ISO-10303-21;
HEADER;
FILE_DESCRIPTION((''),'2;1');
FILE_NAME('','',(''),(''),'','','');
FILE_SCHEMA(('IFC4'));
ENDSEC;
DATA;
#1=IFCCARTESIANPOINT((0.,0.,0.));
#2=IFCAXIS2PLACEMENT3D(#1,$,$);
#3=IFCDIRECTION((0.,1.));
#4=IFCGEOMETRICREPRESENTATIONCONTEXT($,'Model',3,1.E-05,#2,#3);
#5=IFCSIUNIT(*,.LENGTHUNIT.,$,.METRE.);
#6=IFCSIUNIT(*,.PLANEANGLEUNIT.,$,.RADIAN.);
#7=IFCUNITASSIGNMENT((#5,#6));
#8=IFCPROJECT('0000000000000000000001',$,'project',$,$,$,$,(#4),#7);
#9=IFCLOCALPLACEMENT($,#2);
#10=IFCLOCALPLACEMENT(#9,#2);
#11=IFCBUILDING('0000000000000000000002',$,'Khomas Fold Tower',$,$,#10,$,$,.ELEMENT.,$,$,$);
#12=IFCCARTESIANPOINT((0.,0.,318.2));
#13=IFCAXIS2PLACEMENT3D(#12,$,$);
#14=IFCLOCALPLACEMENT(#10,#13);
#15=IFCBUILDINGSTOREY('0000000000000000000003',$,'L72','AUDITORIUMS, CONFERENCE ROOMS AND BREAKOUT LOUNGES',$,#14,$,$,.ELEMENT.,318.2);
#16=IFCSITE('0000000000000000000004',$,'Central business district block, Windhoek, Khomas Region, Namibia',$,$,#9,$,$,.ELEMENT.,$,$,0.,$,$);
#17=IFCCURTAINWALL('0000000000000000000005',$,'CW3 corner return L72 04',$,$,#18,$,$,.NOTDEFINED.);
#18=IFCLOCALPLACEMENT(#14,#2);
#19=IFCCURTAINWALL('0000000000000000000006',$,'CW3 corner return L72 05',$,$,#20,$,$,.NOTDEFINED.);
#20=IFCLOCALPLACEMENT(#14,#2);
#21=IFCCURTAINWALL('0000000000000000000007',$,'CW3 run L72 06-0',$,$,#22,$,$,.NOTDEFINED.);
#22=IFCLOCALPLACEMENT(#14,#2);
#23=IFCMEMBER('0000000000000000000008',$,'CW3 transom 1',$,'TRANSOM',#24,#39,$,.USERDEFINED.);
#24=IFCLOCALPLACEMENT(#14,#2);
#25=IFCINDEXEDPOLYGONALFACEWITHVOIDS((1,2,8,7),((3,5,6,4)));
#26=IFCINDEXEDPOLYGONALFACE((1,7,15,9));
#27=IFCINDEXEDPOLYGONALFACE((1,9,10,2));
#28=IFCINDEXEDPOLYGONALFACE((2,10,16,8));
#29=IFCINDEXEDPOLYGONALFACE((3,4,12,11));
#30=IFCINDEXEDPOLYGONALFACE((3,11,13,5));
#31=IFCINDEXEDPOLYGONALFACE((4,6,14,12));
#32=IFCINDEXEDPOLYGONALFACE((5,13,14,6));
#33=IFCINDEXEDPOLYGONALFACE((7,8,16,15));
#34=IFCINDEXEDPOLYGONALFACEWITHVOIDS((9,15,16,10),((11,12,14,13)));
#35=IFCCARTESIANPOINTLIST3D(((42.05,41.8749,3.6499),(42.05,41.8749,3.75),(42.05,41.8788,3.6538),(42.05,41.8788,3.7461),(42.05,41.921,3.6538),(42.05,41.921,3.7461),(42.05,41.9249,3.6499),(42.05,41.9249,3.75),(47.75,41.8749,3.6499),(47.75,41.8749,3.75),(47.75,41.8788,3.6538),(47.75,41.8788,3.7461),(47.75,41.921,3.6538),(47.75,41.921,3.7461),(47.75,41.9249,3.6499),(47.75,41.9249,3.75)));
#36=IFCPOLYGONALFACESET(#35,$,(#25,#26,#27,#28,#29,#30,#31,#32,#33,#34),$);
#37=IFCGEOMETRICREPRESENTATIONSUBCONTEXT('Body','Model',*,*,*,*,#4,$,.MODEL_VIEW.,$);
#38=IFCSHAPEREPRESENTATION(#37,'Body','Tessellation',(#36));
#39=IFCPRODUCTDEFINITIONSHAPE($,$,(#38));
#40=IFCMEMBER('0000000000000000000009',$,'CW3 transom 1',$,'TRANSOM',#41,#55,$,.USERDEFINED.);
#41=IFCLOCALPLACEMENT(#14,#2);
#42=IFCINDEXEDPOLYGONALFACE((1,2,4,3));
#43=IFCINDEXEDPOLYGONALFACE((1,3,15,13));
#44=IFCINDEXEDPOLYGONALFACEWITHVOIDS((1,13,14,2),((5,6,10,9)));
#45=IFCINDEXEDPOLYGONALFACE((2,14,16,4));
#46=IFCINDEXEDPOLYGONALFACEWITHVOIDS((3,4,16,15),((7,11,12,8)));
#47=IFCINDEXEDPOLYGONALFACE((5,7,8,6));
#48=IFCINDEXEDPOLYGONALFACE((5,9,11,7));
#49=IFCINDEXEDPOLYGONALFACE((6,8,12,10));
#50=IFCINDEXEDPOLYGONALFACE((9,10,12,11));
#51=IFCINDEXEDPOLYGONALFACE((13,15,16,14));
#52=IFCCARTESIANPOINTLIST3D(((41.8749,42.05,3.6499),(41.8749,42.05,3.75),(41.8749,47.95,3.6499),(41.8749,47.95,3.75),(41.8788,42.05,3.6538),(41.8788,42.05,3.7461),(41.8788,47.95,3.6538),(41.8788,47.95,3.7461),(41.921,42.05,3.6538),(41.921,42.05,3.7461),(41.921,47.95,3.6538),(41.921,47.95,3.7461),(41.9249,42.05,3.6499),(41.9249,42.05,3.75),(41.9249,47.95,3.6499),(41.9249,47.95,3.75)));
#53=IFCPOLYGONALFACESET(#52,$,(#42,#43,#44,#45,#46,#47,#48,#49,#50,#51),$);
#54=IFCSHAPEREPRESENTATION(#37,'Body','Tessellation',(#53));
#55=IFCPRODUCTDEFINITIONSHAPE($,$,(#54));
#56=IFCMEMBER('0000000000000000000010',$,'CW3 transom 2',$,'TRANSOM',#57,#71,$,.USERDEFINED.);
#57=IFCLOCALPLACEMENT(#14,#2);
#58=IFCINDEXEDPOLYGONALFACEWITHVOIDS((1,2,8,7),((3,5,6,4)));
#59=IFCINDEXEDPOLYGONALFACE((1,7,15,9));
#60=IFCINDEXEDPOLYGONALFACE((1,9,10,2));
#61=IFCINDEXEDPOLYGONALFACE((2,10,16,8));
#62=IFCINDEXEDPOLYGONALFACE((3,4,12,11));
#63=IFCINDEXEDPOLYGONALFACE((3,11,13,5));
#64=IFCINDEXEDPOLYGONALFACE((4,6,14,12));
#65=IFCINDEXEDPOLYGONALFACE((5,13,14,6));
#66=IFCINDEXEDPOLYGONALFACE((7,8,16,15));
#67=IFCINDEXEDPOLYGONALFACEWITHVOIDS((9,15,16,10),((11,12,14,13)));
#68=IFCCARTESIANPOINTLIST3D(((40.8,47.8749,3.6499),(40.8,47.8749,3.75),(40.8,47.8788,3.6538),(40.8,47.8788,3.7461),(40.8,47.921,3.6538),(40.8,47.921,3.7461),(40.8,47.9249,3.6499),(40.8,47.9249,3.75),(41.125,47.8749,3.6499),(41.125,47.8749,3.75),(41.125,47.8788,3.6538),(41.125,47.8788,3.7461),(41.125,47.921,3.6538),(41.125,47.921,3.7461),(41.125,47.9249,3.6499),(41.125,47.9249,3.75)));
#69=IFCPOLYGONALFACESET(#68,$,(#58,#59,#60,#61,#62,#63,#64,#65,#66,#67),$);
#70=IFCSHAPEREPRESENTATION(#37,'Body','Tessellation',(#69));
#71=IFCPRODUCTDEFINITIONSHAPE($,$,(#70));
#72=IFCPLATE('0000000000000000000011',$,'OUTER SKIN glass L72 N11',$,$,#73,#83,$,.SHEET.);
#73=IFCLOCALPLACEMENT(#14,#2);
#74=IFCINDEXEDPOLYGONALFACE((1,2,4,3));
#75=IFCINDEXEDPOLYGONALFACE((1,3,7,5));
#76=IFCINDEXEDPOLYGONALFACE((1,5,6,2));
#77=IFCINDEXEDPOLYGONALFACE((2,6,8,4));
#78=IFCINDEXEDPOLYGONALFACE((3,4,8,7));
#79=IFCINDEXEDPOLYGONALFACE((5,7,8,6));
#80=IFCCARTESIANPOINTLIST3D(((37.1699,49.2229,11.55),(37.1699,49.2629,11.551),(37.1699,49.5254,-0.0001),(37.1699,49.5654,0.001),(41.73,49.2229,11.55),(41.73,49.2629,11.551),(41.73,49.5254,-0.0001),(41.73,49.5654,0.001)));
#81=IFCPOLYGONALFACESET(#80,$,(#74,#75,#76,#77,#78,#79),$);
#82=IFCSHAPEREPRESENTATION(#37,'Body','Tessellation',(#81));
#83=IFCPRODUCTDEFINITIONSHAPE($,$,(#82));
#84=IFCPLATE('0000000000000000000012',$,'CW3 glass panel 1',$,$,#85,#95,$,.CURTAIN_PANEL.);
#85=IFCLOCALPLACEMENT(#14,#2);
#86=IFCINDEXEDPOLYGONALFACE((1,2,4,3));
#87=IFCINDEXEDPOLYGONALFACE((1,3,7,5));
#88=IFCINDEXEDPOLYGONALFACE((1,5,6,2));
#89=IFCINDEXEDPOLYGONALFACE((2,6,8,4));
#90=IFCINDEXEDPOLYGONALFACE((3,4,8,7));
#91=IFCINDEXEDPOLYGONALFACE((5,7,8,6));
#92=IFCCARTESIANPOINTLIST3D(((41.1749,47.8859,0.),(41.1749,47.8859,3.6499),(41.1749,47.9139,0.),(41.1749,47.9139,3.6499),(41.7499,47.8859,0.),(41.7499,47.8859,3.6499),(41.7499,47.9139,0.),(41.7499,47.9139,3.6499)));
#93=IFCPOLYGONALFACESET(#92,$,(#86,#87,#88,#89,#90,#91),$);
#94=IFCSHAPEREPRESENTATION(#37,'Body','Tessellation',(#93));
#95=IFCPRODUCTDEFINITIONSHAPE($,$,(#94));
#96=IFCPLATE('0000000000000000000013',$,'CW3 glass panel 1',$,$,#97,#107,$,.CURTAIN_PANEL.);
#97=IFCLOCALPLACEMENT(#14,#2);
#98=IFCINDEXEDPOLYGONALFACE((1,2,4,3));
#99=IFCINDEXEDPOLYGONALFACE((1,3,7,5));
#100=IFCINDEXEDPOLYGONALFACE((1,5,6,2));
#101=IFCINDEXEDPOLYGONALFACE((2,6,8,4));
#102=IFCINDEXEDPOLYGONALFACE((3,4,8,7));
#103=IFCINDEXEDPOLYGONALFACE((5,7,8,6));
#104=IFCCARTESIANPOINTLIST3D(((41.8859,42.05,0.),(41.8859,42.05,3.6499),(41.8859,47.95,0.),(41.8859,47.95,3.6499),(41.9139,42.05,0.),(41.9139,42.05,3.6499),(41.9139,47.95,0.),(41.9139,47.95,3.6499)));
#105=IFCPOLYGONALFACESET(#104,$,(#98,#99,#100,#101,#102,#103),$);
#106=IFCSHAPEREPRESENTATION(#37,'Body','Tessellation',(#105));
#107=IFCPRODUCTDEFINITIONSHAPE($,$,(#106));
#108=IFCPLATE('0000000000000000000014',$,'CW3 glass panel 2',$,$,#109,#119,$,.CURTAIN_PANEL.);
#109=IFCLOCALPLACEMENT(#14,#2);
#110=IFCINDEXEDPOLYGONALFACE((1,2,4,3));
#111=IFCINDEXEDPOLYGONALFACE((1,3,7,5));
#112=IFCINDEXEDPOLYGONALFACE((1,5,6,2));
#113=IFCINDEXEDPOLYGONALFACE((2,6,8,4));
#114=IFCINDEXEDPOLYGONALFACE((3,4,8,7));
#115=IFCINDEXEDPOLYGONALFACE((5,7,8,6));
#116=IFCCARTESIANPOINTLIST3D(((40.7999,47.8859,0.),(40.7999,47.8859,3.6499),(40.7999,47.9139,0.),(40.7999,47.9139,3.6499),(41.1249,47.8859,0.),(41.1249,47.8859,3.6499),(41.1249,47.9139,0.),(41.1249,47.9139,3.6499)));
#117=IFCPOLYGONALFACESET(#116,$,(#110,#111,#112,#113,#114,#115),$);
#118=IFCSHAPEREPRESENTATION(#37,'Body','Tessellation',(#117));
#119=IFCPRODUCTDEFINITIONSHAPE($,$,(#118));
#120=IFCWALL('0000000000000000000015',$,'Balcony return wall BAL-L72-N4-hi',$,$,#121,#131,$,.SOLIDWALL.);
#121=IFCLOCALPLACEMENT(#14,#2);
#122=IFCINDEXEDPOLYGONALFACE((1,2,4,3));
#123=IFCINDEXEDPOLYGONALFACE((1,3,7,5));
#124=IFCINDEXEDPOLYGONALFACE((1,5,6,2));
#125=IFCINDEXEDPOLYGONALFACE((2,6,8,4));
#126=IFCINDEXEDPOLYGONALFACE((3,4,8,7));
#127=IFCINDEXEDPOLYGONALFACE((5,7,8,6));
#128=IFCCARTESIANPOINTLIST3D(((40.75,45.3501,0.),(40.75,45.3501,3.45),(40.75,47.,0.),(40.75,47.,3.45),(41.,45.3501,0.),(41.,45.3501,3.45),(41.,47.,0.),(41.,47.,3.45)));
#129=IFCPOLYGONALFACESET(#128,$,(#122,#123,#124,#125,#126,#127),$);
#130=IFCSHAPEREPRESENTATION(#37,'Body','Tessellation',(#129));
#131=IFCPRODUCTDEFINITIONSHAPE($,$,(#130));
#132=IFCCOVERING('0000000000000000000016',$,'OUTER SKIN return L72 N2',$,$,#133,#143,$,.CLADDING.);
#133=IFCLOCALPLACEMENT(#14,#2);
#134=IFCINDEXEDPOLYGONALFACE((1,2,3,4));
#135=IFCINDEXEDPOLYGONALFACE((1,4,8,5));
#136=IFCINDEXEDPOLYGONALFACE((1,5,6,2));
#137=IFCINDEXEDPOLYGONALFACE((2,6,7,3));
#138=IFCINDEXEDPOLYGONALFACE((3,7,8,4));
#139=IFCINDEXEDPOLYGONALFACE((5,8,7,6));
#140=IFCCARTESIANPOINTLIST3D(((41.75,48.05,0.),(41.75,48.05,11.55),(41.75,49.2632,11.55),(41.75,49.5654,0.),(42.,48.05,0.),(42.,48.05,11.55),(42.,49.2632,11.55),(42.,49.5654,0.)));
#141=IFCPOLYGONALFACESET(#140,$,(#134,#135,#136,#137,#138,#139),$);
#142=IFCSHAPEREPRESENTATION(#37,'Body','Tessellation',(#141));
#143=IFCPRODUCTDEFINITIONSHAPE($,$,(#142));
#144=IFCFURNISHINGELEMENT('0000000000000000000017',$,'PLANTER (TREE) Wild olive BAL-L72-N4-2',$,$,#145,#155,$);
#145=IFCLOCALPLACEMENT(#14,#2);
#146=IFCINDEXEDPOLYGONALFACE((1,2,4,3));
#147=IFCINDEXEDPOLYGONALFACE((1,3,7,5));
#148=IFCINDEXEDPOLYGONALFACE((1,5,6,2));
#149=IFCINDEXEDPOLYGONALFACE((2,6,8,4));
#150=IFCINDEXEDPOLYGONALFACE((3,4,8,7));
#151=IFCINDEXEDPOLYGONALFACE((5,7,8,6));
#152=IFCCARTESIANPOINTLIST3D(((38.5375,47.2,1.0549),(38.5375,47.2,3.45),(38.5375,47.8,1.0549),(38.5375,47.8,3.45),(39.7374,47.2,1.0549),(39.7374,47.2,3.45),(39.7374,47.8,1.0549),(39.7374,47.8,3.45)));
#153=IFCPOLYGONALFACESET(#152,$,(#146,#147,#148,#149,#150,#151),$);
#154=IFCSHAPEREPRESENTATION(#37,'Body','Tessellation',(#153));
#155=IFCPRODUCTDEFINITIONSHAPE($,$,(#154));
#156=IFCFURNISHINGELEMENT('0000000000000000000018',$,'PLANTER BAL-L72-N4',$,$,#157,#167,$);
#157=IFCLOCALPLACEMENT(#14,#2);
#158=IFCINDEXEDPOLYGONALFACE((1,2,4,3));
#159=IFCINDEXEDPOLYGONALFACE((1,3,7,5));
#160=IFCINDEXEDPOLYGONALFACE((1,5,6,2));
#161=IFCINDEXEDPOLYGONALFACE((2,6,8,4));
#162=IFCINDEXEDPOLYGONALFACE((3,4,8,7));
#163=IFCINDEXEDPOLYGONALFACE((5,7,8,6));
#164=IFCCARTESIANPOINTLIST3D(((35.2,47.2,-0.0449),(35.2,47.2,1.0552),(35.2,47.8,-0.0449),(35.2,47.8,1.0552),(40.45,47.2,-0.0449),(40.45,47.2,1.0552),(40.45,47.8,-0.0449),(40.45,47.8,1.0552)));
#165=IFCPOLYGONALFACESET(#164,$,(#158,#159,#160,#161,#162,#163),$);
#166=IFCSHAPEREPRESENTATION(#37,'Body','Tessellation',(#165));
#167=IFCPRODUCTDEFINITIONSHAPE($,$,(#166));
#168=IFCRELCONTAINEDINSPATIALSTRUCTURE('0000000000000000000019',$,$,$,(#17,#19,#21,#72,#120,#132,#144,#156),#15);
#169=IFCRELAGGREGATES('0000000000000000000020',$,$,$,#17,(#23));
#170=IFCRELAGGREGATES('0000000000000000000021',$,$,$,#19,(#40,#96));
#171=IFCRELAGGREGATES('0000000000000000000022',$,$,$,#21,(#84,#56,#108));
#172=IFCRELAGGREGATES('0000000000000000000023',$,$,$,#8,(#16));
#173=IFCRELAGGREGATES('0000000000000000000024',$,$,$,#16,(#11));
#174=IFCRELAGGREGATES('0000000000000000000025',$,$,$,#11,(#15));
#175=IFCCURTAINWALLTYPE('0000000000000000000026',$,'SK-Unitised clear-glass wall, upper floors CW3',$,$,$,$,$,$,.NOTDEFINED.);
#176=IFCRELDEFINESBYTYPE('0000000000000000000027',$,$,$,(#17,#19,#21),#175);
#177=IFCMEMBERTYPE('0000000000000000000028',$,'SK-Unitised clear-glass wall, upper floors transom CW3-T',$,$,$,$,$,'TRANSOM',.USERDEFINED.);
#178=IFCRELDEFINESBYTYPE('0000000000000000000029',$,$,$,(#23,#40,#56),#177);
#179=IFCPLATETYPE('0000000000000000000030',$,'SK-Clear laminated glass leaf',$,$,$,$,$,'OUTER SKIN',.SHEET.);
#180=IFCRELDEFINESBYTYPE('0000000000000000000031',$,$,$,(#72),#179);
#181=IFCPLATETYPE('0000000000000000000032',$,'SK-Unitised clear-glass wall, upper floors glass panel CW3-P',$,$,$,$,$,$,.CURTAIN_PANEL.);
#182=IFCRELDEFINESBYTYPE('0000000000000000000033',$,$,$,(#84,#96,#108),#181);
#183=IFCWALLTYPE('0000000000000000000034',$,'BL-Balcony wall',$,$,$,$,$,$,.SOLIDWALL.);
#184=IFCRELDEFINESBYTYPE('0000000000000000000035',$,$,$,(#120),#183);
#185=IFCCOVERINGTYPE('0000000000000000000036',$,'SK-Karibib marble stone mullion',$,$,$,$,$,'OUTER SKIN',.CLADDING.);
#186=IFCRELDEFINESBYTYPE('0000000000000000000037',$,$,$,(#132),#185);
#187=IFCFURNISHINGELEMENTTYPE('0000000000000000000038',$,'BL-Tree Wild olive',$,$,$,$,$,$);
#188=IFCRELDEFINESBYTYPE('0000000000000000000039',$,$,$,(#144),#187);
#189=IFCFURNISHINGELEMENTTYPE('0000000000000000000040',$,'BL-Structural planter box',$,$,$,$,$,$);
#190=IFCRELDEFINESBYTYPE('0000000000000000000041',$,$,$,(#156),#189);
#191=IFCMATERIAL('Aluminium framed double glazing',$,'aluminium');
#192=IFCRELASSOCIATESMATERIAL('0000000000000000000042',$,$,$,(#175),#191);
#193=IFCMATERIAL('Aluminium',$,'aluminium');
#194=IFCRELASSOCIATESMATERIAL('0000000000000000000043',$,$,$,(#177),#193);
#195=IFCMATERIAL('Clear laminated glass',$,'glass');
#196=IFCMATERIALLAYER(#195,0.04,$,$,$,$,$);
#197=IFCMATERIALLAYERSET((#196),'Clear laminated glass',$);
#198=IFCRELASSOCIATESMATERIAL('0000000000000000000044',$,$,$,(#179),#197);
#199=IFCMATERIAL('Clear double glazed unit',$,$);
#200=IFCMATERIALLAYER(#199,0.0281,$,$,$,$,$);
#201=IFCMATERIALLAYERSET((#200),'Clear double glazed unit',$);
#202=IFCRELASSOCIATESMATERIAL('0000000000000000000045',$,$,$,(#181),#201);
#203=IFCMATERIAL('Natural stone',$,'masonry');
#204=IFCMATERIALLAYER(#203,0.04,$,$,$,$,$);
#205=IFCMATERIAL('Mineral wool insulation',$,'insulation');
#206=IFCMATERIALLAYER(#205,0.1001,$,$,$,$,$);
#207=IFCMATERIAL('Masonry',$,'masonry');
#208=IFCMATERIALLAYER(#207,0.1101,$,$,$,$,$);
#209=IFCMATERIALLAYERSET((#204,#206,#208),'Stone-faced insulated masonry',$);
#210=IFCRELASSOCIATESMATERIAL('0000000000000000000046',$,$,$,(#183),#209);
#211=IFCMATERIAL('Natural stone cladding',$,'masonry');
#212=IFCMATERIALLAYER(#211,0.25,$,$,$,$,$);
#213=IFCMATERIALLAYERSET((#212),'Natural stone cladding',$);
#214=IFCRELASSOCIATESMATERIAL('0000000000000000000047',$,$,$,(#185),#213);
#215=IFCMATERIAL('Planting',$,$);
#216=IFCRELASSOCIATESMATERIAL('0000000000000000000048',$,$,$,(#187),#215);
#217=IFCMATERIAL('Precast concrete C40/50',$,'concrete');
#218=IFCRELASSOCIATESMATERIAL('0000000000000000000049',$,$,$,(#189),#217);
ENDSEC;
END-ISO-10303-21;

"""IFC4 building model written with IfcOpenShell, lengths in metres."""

from ifc_helpers import new_model, si_unit, direction, frame, frame_2d, origin, origin_2d, place, context, subcontext, project, spatial, polyline, rectangle, hollow_rectangle, outline, extrude, source, transform, mapped, material, layer, layer_set, material_profile, profile_set, type_object, element, aggregate, save


model = new_model("IFC4")

# Units and contexts
model_context = context("Model", 3, precision=1e-05, world=origin(), true_north=direction((0.0, 1.0)))
body_context = subcontext(model_context, "Body", "Model", "MODEL_VIEW")
ifc_project = project(units=[si_unit("LENGTHUNIT", "METRE"), si_unit("PLANEANGLEUNIT", "RADIAN")], contexts=[model_context])

# Site, building, storey
site_placement = place(None, origin())
site = spatial("IfcSite", under=ifc_project, at=site_placement, Name="Central business district block, Windhoek, Khomas Region, Namibia", CompositionType="ELEMENT", RefElevation=0.0)
building_placement = place(site_placement, origin())
building = spatial("IfcBuilding", under=site, at=building_placement, Name="Khomas Fold Tower", CompositionType="ELEMENT")
storey_placement = place(building_placement, frame((0.0, 0.0, 318.2)))
storey = spatial("IfcBuildingStorey", under=building, at=storey_placement, Name="L72", Description="AUDITORIUMS, CONFERENCE ROOMS AND BREAKOUT LOUNGES", CompositionType="ELEMENT", Elevation=318.2)

# Curtain wall
ifc_material_1 = material(Name="Aluminium framed double glazing", Category="aluminium")
curtain_wall_type = type_object("IfcCurtainWallType", Name="SK-Unitised clear-glass wall, upper floors CW3", PredefinedType="NOTDEFINED", material=ifc_material_1)
curtain_wall_1_placement = place(storey_placement, origin())
curtain_wall_1 = element("IfcCurtainWall", 1, at=curtain_wall_1_placement, inside=storey, type_object=curtain_wall_type, Name="CW3 corner return L72 04", PredefinedType="NOTDEFINED")

# Curtain walls
curtain_wall_2_placement = place(storey_placement, origin())
curtain_wall_2 = element("IfcCurtainWall", 2, at=curtain_wall_2_placement, inside=storey, type_object=curtain_wall_type, Name="CW3 corner return L72 05", PredefinedType="NOTDEFINED")
curtain_wall_3_placement = place(storey_placement, origin())
curtain_wall_3 = element("IfcCurtainWall", 3, at=curtain_wall_3_placement, inside=storey, type_object=curtain_wall_type, Name="CW3 run L72 06-0", PredefinedType="NOTDEFINED")
ifc_material_2 = material(Name="Aluminium", Category="aluminium")
ifc_material_profile_1 = material_profile(ifc_material_2, hollow_rectangle(XDim=0.05, YDim=0.1001, WallThickness=0.0039, at=origin_2d()), Name="SK-Unitised clear-glass wall, upper floors transom CW3-T")
ifc_profile_set_1 = profile_set([ifc_material_profile_1], Name="Aluminium")
member_type_1 = type_object("IfcMemberType", Name="SK-Unitised clear-glass wall, upper floors transom CW3-T", ElementType="TRANSOM", PredefinedType="USERDEFINED", material=ifc_profile_set_1)

# Members
shared_shape_1 = source(origin(), body_context, "Body", "SweptSolid", [
    extrude(hollow_rectangle(XDim=0.05, YDim=0.1001, WallThickness=0.0039, at=origin_2d()), origin(), (0.0, 0.0, 1.0), 5.7),
])
member_1_placement = place(storey_placement, frame((47.75, 41.8999, 3.7), z_axis=(-1.0, 0.0, 0.0), x_axis=(0.0, -1.0, 0.0)))
member_1 = element("IfcMember", 4, at=member_1_placement, type_object=member_type_1, Name="CW3 transom 1", ObjectType="TRANSOM", PredefinedType="USERDEFINED", context=body_context, shape_type="MappedRepresentation", body=[
    mapped(shared_shape_1, transform((0.0, 0.0, 0.0))),
])
aggregate(curtain_wall_1, [member_1])
shared_shape_2 = source(origin(), body_context, "Body", "SweptSolid", [
    extrude(hollow_rectangle(XDim=0.05, YDim=0.1001, WallThickness=0.0039, at=origin_2d()), origin(), (0.0, 0.0, 1.0), 5.8999),
])
member_2_placement = place(storey_placement, frame((41.8999, 42.05, 3.7), z_axis=(0.0, 1.0, 0.0), x_axis=(-1.0, 0.0, 0.0)))
member_2 = element("IfcMember", 5, at=member_2_placement, type_object=member_type_1, Name="CW3 transom 1", ObjectType="TRANSOM", PredefinedType="USERDEFINED", context=body_context, shape_type="MappedRepresentation", body=[
    mapped(shared_shape_2, transform((0.0, 0.0, 0.0))),
])
shared_shape_3 = source(origin(), body_context, "Body", "SweptSolid", [
    extrude(hollow_rectangle(XDim=0.05, YDim=0.1001, WallThickness=0.0039, at=origin_2d()), origin(), (0.0, 0.0, 1.0), 0.325),
])
member_3_placement = place(storey_placement, frame((41.125, 47.8999, 3.7), z_axis=(-1.0, 0.0, 0.0), x_axis=(0.0, -1.0, 0.0)))
member_3 = element("IfcMember", 6, at=member_3_placement, type_object=member_type_1, Name="CW3 transom 2", ObjectType="TRANSOM", PredefinedType="USERDEFINED", context=body_context, shape_type="MappedRepresentation", body=[
    mapped(shared_shape_3, transform((0.0, 0.0, 0.0))),
])

# Plates
ifc_material_3 = material(Name="Clear laminated glass", Category="glass")
ifc_layer_1 = layer(ifc_material_3, 0.04)
ifc_layer_set_1 = layer_set([ifc_layer_1], Name="Clear laminated glass")
plate_type_1 = type_object("IfcPlateType", Name="SK-Clear laminated glass leaf", ElementType="OUTER SKIN", PredefinedType="SHEET", material=ifc_layer_set_1)
plate_1_placement = place(storey_placement, frame((37.1699, 49.5654, 0.001), z_axis=(0.0, 0.999657, 0.026181), x_axis=(1.0, 0.0, 0.0)))
element("IfcPlate", 7, at=plate_1_placement, inside=storey, type_object=plate_type_1, Name="OUTER SKIN glass L72 N11", PredefinedType="SHEET", context=body_context, shape_type="SweptSolid", body=[
    extrude(outline(polyline([(0.0, 0.0), (4.5601, 0.0), (4.5601, -11.554), (0.0, -11.554), (0.0, 0.0)])), origin(), (0.0, 0.0, -1.0), 0.04),
])
ifc_material_4 = material(Name="Clear double glazed unit")
ifc_layer_2 = layer(ifc_material_4, 0.0281)
ifc_layer_set_2 = layer_set([ifc_layer_2], Name="Clear double glazed unit")
plate_type_2 = type_object("IfcPlateType", Name="SK-Unitised clear-glass wall, upper floors glass panel CW3-P", PredefinedType="CURTAIN_PANEL", material=ifc_layer_set_2)
shared_shape_4 = source(origin(), body_context, "Body", "SweptSolid", [
    extrude(rectangle(XDim=0.575, YDim=0.0281, at=origin_2d()), origin(), (0.0, 0.0, 1.0), 3.6499),
])
plate_2_placement = place(storey_placement, frame((41.4624, 47.8999, 0.0), z_axis=(0.0, 0.0, 1.0), x_axis=(-1.0, 0.0, 0.0)))
plate_2 = element("IfcPlate", 8, at=plate_2_placement, type_object=plate_type_2, Name="CW3 glass panel 1", PredefinedType="CURTAIN_PANEL", context=body_context, shape_type="MappedRepresentation", body=[
    mapped(shared_shape_4, transform((0.0, 0.0, 0.0))),
])
shared_shape_5 = source(origin(), body_context, "Body", "SweptSolid", [
    extrude(rectangle(XDim=5.8999, YDim=0.0281, at=origin_2d()), origin(), (0.0, 0.0, 1.0), 3.6499),
])
plate_3_placement = place(storey_placement, frame((41.8999, 45.0, 0.0), z_axis=(0.0, 0.0, 1.0), x_axis=(0.0, 1.0, 0.0)))
plate_3 = element("IfcPlate", 9, at=plate_3_placement, type_object=plate_type_2, Name="CW3 glass panel 1", PredefinedType="CURTAIN_PANEL", context=body_context, shape_type="MappedRepresentation", body=[
    mapped(shared_shape_5, transform((0.0, 0.0, 0.0))),
])
aggregate(curtain_wall_2, [member_2, plate_3])
shared_shape_6 = source(origin(), body_context, "Body", "SweptSolid", [
    extrude(rectangle(XDim=0.325, YDim=0.0281, at=origin_2d()), origin(), (0.0, 0.0, 1.0), 3.6499),
])
plate_4_placement = place(storey_placement, frame((40.9624, 47.8999, 0.0), z_axis=(0.0, 0.0, 1.0), x_axis=(-1.0, 0.0, 0.0)))
plate_4 = element("IfcPlate", 10, at=plate_4_placement, type_object=plate_type_2, Name="CW3 glass panel 2", PredefinedType="CURTAIN_PANEL", context=body_context, shape_type="MappedRepresentation", body=[
    mapped(shared_shape_6, transform((0.0, 0.0, 0.0))),
])
aggregate(curtain_wall_3, [plate_2, member_3, plate_4])

# Wall
ifc_material_5 = material(Name="Natural stone", Category="masonry")
ifc_layer_3 = layer(ifc_material_5, 0.04)
ifc_material_6 = material(Name="Mineral wool insulation", Category="insulation")
ifc_layer_4 = layer(ifc_material_6, 0.1001)
ifc_material_7 = material(Name="Masonry", Category="masonry")
ifc_layer_5 = layer(ifc_material_7, 0.1101)
ifc_layer_set_3 = layer_set([ifc_layer_3, ifc_layer_4, ifc_layer_5], Name="Stone-faced insulated masonry")
wall_type = type_object("IfcWallType", Name="BL-Balcony wall", PredefinedType="SOLIDWALL", material=ifc_layer_set_3)
shared_shape_7 = source(origin(), body_context, "Body", "SweptSolid", [
    extrude(rectangle(XDim=1.6499, YDim=0.25, at=frame_2d((0.825, 0.0))), origin(), (0.0, 0.0, 1.0), 3.45),
])
wall_placement = place(storey_placement, frame((40.875, 47.0, 0.0), z_axis=(0.0, 0.0, 1.0), x_axis=(0.0, -1.0, 0.0)))
element("IfcWall", 11, at=wall_placement, inside=storey, type_object=wall_type, Name="Balcony return wall BAL-L72-N4-hi", PredefinedType="SOLIDWALL", context=body_context, shape_type="MappedRepresentation", body=[
    mapped(shared_shape_7, transform((0.0, 0.0, 0.0))),
])

# Covering
ifc_material_8 = material(Name="Natural stone cladding", Category="masonry")
ifc_layer_6 = layer(ifc_material_8, 0.25)
ifc_layer_set_4 = layer_set([ifc_layer_6], Name="Natural stone cladding")
covering_type = type_object("IfcCoveringType", Name="SK-Karibib marble stone mullion", ElementType="OUTER SKIN", PredefinedType="CLADDING", material=ifc_layer_set_4)
covering_placement = place(storey_placement, frame((42.0, 48.05, 0.0), z_axis=(1.0, 0.0, 0.0), x_axis=(0.0, 1.0, 0.0)))
element("IfcCovering", 12, at=covering_placement, inside=storey, type_object=covering_type, Name="OUTER SKIN return L72 N2", PredefinedType="CLADDING", context=body_context, shape_type="SweptSolid", body=[
    extrude(outline(polyline([(0.0, 0.0), (1.5154, 0.0), (1.2131, 11.55), (0.0, 11.55), (0.0, 0.0)])), origin(), (0.0, 0.0, -1.0), 0.25),
])

# Furnishing elements
ifc_material_9 = material(Name="Planting")
furnishing_element_type_1 = type_object("IfcFurnishingElementType", Name="BL-Tree Wild olive", material=ifc_material_9)
shared_shape_8 = source(origin(), body_context, "Body", "SweptSolid", [
    extrude(rectangle(XDim=1.2, YDim=0.6001, at=origin_2d()), origin(), (0.0, 0.0, 1.0), 2.395),
])
furnishing_1_placement = place(storey_placement, frame((39.1375, 47.5, 1.0549), z_axis=(0.0, 0.0, 1.0), x_axis=(1.0, 0.0, 0.0)))
element("IfcFurnishingElement", 13, at=furnishing_1_placement, inside=storey, type_object=furnishing_element_type_1, Name="PLANTER (TREE) Wild olive BAL-L72-N4-2", context=body_context, shape_type="MappedRepresentation", body=[
    mapped(shared_shape_8, transform((0.0, 0.0, 0.0))),
])
ifc_material_10 = material(Name="Precast concrete C40/50", Category="concrete")
furnishing_element_type_2 = type_object("IfcFurnishingElementType", Name="BL-Structural planter box", material=ifc_material_10)
shared_shape_9 = source(origin(), body_context, "Body", "SweptSolid", [
    extrude(rectangle(XDim=5.25, YDim=0.6001, at=origin_2d()), origin(), (0.0, 0.0, 1.0), 1.1001),
])
furnishing_2_placement = place(storey_placement, frame((37.825, 47.5, -0.0449), z_axis=(0.0, 0.0, 1.0), x_axis=(1.0, 0.0, 0.0)))
element("IfcFurnishingElement", 14, at=furnishing_2_placement, inside=storey, type_object=furnishing_element_type_2, Name="PLANTER BAL-L72-N4", context=body_context, shape_type="MappedRepresentation", body=[
    mapped(shared_shape_9, transform((0.0, 0.0, 0.0))),
])

save(model, "model.ifc")
